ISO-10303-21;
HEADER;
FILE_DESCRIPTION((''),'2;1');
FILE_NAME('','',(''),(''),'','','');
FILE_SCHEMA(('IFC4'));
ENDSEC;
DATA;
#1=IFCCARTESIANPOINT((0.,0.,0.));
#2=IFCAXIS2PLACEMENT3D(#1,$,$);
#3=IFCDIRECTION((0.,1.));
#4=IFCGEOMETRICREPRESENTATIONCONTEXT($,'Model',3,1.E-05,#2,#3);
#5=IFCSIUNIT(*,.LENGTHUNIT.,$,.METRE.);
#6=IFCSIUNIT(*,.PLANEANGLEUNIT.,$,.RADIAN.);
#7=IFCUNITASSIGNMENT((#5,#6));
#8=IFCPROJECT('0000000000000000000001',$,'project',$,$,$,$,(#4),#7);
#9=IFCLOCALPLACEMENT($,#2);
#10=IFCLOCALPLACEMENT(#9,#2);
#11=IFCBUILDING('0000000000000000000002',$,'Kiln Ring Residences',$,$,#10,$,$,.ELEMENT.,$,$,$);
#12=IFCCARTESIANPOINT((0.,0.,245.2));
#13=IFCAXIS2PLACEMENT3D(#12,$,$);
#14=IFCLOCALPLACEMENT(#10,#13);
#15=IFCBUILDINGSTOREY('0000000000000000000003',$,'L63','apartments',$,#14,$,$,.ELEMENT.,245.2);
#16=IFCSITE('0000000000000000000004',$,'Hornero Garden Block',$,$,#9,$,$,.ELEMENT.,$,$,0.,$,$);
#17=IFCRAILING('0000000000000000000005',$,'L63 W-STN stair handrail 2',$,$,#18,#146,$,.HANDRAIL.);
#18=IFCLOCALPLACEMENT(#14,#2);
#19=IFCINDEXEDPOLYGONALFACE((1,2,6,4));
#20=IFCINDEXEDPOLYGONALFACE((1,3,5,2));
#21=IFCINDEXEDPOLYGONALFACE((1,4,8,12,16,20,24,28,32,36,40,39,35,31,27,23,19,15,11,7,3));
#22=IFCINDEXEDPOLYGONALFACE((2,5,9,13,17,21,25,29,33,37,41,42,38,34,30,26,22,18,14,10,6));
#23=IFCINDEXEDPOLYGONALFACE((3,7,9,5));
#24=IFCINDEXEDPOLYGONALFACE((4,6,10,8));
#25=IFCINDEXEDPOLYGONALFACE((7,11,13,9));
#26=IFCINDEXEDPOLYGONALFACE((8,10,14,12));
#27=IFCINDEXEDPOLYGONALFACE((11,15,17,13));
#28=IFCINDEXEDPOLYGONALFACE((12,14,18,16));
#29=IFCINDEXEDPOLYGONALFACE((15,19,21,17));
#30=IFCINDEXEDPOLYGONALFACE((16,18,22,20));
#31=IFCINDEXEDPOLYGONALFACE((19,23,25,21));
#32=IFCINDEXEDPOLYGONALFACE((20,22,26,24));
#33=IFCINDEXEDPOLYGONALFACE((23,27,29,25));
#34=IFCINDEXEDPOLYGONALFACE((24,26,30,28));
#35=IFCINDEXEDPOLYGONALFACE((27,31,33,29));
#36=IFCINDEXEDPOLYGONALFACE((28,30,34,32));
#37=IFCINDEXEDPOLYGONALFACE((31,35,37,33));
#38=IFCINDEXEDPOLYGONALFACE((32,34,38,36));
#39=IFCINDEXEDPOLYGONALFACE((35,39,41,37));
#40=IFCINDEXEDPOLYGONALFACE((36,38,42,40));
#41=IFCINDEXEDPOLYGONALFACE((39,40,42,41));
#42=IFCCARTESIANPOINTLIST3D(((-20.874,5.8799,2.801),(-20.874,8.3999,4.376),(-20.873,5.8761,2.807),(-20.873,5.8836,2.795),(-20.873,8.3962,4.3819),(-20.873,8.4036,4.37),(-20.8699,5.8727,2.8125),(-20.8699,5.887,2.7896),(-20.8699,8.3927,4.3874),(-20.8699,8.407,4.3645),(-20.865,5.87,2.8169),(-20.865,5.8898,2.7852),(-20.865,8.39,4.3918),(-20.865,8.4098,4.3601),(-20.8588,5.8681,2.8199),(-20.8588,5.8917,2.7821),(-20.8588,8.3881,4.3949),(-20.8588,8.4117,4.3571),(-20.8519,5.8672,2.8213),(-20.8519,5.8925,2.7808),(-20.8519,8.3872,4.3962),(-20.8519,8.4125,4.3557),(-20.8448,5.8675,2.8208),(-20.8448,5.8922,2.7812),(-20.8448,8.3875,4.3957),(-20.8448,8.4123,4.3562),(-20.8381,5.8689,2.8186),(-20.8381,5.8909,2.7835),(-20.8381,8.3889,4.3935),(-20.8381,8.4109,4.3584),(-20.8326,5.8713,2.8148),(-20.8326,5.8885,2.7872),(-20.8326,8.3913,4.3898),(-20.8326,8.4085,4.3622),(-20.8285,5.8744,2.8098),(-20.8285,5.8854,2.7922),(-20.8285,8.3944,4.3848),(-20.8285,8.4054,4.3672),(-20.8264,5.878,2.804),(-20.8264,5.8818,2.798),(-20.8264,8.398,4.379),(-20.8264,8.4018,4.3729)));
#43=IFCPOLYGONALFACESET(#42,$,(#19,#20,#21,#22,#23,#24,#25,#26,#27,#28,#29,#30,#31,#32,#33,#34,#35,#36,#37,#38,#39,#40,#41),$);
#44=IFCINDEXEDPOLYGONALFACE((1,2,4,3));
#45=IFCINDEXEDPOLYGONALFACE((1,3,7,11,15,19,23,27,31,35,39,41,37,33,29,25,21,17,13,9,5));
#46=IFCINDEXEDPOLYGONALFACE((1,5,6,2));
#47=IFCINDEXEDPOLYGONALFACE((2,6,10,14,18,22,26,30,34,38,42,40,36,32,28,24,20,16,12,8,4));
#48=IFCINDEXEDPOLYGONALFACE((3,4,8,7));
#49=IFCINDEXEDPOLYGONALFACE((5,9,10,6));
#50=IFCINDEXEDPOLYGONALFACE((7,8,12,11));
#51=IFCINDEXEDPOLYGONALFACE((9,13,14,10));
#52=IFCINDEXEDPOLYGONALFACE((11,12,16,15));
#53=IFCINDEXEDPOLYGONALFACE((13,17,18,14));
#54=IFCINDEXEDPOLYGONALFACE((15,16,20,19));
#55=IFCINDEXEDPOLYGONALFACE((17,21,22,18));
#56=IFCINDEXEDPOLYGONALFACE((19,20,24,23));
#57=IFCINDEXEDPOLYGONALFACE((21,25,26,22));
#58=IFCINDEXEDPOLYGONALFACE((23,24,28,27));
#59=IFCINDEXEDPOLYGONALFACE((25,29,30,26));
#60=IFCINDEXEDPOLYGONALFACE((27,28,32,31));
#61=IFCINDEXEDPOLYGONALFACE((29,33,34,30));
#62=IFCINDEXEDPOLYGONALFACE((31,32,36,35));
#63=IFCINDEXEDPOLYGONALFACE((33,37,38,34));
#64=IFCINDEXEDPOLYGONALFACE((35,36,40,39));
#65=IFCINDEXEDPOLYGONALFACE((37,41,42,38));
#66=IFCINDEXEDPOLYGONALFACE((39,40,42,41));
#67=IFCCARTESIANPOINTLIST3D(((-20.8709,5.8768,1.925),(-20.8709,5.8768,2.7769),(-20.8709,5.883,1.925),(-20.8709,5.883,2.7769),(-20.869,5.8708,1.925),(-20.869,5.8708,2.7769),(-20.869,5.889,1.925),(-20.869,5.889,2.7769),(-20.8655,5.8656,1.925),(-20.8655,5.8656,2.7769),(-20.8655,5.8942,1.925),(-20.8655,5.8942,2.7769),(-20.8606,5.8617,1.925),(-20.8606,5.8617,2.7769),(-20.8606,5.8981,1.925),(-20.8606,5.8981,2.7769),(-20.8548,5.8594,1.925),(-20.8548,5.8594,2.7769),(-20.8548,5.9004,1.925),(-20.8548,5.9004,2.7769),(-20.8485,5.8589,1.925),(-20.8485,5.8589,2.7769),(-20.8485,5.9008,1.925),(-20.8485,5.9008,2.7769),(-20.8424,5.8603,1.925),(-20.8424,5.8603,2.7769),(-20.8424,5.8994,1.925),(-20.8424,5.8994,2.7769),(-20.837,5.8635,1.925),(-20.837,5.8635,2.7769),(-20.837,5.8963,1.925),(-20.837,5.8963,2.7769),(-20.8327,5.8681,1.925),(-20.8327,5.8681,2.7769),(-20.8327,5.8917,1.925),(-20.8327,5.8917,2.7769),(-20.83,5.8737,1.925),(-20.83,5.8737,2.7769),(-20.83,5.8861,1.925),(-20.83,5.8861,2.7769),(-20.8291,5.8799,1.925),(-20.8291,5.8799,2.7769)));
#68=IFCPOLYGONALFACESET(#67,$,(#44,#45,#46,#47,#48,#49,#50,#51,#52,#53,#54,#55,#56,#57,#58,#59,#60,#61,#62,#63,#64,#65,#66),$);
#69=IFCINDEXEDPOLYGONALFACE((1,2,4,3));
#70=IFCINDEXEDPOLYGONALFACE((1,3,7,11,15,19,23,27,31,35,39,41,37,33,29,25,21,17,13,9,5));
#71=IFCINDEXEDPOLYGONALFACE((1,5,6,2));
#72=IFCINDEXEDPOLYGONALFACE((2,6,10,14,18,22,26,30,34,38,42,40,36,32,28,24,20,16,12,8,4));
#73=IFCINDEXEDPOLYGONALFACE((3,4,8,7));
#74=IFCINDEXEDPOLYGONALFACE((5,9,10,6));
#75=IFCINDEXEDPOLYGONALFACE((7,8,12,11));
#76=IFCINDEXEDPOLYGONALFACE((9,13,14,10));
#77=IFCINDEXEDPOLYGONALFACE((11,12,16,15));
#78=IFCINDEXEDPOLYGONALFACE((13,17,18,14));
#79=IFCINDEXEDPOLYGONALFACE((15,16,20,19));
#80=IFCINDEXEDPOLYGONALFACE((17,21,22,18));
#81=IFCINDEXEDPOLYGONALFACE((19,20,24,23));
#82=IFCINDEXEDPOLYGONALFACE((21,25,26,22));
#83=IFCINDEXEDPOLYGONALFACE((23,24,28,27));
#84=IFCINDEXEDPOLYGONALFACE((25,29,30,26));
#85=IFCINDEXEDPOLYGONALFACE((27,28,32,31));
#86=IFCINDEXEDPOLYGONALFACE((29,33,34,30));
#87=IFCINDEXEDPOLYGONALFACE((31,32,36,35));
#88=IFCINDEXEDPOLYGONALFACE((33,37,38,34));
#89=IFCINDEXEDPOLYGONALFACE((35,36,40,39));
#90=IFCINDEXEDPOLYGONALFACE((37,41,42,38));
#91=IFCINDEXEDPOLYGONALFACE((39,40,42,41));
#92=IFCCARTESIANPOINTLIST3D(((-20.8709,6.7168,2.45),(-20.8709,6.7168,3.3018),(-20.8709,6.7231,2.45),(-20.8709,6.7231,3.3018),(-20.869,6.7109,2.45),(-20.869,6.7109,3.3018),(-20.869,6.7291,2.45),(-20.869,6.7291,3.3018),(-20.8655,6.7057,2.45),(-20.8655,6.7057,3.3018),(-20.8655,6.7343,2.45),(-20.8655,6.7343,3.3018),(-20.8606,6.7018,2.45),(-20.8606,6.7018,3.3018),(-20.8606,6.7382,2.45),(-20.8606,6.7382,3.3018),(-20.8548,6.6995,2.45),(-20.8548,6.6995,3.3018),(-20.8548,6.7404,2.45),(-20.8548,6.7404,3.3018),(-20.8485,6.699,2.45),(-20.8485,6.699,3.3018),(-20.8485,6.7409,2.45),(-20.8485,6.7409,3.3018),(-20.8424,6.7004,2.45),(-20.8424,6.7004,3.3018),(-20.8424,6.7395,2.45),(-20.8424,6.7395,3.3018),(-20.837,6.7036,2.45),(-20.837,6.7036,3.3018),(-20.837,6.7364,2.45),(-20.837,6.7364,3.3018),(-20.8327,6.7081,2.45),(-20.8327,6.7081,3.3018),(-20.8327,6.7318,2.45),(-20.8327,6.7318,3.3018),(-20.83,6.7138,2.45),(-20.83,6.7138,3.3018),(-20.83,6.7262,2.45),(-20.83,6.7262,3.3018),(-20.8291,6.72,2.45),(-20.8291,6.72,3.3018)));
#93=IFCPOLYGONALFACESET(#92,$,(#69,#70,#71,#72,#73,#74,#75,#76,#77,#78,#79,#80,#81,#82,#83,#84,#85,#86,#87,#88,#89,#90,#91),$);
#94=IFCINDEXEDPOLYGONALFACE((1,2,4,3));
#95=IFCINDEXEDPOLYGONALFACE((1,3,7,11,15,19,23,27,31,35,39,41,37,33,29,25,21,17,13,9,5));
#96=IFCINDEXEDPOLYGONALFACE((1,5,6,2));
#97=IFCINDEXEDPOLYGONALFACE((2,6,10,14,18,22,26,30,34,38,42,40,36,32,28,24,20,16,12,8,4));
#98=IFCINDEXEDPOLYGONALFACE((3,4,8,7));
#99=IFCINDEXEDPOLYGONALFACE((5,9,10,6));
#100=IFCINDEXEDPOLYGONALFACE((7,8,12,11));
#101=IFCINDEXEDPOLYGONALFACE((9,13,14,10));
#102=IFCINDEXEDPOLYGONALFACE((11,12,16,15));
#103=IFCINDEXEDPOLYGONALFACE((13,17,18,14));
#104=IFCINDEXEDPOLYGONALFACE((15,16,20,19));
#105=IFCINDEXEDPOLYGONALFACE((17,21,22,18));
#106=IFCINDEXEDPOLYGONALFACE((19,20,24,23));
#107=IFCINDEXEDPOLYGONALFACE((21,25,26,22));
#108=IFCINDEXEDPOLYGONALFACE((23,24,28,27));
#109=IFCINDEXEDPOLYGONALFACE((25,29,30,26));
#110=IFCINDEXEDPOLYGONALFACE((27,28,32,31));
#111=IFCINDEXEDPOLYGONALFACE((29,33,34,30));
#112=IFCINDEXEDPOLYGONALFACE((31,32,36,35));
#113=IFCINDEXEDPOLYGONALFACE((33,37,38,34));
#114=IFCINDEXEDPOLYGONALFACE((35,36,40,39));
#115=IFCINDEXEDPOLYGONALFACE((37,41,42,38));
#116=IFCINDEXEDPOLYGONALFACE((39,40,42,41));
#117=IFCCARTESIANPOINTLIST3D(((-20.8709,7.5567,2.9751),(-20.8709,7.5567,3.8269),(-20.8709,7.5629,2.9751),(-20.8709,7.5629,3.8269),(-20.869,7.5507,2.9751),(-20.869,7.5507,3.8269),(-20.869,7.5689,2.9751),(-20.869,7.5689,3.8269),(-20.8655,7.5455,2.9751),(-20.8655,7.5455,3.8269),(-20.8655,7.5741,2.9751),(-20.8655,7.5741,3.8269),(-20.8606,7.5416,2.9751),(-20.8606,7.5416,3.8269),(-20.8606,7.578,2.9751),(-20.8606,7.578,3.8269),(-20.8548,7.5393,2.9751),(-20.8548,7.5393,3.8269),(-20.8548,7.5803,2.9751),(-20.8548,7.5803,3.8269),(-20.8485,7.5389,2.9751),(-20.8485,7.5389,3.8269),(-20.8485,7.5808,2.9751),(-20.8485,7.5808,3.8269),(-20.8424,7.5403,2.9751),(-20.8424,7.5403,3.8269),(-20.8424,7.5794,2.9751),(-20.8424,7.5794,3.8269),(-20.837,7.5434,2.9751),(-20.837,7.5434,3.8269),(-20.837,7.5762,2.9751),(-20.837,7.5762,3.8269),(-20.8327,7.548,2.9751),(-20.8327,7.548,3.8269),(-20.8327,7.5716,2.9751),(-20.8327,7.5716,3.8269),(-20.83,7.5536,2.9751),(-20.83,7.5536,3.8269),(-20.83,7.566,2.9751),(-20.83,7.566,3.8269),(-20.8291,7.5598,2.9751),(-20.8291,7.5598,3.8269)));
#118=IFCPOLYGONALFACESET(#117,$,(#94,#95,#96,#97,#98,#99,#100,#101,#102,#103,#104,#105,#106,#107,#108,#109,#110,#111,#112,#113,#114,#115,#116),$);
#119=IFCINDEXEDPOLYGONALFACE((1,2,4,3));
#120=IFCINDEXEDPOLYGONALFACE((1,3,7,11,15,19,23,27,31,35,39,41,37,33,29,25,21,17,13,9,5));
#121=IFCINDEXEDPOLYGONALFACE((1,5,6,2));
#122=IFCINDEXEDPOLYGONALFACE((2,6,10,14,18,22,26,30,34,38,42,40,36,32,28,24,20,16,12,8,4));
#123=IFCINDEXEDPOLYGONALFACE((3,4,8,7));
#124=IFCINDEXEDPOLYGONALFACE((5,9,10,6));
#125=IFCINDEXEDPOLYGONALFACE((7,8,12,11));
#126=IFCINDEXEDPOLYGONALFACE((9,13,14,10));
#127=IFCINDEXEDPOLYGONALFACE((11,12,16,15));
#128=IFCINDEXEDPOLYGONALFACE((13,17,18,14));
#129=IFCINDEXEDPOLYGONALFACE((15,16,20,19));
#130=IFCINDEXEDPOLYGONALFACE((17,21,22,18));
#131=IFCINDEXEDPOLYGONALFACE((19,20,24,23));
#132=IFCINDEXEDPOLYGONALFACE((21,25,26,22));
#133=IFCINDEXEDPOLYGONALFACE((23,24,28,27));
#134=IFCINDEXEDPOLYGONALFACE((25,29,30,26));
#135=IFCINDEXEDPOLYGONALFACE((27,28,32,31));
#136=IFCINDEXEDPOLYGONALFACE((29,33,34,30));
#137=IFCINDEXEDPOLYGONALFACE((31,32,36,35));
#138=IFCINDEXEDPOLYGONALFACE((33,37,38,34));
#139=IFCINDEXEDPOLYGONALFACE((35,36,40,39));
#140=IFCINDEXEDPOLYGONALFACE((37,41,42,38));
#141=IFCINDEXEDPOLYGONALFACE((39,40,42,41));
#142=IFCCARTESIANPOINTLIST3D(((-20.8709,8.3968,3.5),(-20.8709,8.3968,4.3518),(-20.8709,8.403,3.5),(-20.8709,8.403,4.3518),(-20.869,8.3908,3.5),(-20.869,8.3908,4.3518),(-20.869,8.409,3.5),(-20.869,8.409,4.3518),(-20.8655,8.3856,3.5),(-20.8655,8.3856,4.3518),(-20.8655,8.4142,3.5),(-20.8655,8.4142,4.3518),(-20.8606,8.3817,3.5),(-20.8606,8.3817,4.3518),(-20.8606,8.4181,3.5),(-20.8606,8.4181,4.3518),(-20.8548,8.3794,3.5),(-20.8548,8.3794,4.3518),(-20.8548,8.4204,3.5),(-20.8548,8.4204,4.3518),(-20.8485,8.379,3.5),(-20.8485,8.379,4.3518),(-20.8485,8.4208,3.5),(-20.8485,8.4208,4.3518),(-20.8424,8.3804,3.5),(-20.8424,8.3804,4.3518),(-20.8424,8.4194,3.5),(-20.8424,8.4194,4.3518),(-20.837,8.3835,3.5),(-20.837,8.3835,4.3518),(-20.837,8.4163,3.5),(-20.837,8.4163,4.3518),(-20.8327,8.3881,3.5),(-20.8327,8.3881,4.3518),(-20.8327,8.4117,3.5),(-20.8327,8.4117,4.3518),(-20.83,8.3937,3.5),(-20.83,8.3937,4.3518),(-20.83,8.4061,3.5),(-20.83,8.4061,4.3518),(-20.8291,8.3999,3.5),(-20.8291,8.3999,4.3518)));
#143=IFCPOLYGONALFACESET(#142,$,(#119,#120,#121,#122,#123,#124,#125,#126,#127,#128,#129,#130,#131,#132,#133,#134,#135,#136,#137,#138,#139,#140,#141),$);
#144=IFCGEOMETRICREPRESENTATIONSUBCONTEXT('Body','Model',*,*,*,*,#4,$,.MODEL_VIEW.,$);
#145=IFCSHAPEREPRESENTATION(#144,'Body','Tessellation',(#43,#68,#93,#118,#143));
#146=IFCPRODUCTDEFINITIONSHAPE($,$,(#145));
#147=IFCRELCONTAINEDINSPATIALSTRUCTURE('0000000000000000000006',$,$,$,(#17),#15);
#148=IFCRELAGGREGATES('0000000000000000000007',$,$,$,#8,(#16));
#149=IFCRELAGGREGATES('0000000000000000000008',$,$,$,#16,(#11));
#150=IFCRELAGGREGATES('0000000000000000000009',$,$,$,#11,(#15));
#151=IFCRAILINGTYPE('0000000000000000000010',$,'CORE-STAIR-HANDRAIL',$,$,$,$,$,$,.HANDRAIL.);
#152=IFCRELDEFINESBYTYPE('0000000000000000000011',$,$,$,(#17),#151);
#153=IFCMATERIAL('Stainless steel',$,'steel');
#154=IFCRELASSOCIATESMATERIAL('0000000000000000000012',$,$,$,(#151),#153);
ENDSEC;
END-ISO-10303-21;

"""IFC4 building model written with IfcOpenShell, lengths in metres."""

from ifc_helpers import new_model, si_unit, direction, frame, origin, origin_2d, place, context, subcontext, project, spatial, circle, extrude, material, type_object, element, save


model = new_model("IFC4")

# Units and contexts
model_context = context("Model", 3, precision=1e-05, world=origin(), true_north=direction((0.0, 1.0)))
body_context = subcontext(model_context, "Body", "Model", "MODEL_VIEW")
ifc_project = project(units=[si_unit("LENGTHUNIT", "METRE"), si_unit("PLANEANGLEUNIT", "RADIAN")], contexts=[model_context])

# Site, building, storey
site_placement = place(None, origin())
site = spatial("IfcSite", under=ifc_project, at=site_placement, Name="Hornero Garden Block", CompositionType="ELEMENT", RefElevation=0.0)
building_placement = place(site_placement, origin())
building = spatial("IfcBuilding", under=site, at=building_placement, Name="Kiln Ring Residences", CompositionType="ELEMENT")
storey_placement = place(building_placement, frame((0.0, 0.0, 245.2)))
storey = spatial("IfcBuildingStorey", under=building, at=storey_placement, Name="L63", Description="apartments", CompositionType="ELEMENT", Elevation=245.2)

# Railing
ifc_material_1 = material(Name="Stainless steel", Category="steel")
railing_type_1 = type_object("IfcRailingType", Name="CORE-STAIR-HANDRAIL", PredefinedType="HANDRAIL", material=ifc_material_1)
railing_1_placement = place(storey_placement, frame((-20.8501, 5.8799, 1.925)))
element("IfcRailing", 1, at=railing_1_placement, inside=storey, type_object=railing_type_1, Name="L63 W-STN stair handrail 2", PredefinedType="HANDRAIL", context=body_context, shape_type="SweptSolid", body=[
    extrude(circle(Radius=0.0239, at=origin_2d()), frame((0.0, 0.0, 0.876), z_axis=(0.0, 0.848008, 0.529984), x_axis=(-1.0, 0.0, 0.0)), (0.0, 0.0, 1.0), 2.9717),
    extrude(circle(Radius=0.021, at=origin_2d()), origin(), (0.0, 0.0, 1.0), 0.8518),
    extrude(circle(Radius=0.021, at=origin_2d()), frame((0.0, 0.8401, 0.5249)), (0.0, 0.0, 1.0), 0.8518),
    extrude(circle(Radius=0.021, at=origin_2d()), frame((0.0, 1.6799, 1.05)), (0.0, 0.0, 1.0), 0.8518),
    extrude(circle(Radius=0.021, at=origin_2d()), frame((0.0, 2.52, 1.575)), (0.0, 0.0, 1.0), 0.8518),
])

save(model, "model.ifc")
